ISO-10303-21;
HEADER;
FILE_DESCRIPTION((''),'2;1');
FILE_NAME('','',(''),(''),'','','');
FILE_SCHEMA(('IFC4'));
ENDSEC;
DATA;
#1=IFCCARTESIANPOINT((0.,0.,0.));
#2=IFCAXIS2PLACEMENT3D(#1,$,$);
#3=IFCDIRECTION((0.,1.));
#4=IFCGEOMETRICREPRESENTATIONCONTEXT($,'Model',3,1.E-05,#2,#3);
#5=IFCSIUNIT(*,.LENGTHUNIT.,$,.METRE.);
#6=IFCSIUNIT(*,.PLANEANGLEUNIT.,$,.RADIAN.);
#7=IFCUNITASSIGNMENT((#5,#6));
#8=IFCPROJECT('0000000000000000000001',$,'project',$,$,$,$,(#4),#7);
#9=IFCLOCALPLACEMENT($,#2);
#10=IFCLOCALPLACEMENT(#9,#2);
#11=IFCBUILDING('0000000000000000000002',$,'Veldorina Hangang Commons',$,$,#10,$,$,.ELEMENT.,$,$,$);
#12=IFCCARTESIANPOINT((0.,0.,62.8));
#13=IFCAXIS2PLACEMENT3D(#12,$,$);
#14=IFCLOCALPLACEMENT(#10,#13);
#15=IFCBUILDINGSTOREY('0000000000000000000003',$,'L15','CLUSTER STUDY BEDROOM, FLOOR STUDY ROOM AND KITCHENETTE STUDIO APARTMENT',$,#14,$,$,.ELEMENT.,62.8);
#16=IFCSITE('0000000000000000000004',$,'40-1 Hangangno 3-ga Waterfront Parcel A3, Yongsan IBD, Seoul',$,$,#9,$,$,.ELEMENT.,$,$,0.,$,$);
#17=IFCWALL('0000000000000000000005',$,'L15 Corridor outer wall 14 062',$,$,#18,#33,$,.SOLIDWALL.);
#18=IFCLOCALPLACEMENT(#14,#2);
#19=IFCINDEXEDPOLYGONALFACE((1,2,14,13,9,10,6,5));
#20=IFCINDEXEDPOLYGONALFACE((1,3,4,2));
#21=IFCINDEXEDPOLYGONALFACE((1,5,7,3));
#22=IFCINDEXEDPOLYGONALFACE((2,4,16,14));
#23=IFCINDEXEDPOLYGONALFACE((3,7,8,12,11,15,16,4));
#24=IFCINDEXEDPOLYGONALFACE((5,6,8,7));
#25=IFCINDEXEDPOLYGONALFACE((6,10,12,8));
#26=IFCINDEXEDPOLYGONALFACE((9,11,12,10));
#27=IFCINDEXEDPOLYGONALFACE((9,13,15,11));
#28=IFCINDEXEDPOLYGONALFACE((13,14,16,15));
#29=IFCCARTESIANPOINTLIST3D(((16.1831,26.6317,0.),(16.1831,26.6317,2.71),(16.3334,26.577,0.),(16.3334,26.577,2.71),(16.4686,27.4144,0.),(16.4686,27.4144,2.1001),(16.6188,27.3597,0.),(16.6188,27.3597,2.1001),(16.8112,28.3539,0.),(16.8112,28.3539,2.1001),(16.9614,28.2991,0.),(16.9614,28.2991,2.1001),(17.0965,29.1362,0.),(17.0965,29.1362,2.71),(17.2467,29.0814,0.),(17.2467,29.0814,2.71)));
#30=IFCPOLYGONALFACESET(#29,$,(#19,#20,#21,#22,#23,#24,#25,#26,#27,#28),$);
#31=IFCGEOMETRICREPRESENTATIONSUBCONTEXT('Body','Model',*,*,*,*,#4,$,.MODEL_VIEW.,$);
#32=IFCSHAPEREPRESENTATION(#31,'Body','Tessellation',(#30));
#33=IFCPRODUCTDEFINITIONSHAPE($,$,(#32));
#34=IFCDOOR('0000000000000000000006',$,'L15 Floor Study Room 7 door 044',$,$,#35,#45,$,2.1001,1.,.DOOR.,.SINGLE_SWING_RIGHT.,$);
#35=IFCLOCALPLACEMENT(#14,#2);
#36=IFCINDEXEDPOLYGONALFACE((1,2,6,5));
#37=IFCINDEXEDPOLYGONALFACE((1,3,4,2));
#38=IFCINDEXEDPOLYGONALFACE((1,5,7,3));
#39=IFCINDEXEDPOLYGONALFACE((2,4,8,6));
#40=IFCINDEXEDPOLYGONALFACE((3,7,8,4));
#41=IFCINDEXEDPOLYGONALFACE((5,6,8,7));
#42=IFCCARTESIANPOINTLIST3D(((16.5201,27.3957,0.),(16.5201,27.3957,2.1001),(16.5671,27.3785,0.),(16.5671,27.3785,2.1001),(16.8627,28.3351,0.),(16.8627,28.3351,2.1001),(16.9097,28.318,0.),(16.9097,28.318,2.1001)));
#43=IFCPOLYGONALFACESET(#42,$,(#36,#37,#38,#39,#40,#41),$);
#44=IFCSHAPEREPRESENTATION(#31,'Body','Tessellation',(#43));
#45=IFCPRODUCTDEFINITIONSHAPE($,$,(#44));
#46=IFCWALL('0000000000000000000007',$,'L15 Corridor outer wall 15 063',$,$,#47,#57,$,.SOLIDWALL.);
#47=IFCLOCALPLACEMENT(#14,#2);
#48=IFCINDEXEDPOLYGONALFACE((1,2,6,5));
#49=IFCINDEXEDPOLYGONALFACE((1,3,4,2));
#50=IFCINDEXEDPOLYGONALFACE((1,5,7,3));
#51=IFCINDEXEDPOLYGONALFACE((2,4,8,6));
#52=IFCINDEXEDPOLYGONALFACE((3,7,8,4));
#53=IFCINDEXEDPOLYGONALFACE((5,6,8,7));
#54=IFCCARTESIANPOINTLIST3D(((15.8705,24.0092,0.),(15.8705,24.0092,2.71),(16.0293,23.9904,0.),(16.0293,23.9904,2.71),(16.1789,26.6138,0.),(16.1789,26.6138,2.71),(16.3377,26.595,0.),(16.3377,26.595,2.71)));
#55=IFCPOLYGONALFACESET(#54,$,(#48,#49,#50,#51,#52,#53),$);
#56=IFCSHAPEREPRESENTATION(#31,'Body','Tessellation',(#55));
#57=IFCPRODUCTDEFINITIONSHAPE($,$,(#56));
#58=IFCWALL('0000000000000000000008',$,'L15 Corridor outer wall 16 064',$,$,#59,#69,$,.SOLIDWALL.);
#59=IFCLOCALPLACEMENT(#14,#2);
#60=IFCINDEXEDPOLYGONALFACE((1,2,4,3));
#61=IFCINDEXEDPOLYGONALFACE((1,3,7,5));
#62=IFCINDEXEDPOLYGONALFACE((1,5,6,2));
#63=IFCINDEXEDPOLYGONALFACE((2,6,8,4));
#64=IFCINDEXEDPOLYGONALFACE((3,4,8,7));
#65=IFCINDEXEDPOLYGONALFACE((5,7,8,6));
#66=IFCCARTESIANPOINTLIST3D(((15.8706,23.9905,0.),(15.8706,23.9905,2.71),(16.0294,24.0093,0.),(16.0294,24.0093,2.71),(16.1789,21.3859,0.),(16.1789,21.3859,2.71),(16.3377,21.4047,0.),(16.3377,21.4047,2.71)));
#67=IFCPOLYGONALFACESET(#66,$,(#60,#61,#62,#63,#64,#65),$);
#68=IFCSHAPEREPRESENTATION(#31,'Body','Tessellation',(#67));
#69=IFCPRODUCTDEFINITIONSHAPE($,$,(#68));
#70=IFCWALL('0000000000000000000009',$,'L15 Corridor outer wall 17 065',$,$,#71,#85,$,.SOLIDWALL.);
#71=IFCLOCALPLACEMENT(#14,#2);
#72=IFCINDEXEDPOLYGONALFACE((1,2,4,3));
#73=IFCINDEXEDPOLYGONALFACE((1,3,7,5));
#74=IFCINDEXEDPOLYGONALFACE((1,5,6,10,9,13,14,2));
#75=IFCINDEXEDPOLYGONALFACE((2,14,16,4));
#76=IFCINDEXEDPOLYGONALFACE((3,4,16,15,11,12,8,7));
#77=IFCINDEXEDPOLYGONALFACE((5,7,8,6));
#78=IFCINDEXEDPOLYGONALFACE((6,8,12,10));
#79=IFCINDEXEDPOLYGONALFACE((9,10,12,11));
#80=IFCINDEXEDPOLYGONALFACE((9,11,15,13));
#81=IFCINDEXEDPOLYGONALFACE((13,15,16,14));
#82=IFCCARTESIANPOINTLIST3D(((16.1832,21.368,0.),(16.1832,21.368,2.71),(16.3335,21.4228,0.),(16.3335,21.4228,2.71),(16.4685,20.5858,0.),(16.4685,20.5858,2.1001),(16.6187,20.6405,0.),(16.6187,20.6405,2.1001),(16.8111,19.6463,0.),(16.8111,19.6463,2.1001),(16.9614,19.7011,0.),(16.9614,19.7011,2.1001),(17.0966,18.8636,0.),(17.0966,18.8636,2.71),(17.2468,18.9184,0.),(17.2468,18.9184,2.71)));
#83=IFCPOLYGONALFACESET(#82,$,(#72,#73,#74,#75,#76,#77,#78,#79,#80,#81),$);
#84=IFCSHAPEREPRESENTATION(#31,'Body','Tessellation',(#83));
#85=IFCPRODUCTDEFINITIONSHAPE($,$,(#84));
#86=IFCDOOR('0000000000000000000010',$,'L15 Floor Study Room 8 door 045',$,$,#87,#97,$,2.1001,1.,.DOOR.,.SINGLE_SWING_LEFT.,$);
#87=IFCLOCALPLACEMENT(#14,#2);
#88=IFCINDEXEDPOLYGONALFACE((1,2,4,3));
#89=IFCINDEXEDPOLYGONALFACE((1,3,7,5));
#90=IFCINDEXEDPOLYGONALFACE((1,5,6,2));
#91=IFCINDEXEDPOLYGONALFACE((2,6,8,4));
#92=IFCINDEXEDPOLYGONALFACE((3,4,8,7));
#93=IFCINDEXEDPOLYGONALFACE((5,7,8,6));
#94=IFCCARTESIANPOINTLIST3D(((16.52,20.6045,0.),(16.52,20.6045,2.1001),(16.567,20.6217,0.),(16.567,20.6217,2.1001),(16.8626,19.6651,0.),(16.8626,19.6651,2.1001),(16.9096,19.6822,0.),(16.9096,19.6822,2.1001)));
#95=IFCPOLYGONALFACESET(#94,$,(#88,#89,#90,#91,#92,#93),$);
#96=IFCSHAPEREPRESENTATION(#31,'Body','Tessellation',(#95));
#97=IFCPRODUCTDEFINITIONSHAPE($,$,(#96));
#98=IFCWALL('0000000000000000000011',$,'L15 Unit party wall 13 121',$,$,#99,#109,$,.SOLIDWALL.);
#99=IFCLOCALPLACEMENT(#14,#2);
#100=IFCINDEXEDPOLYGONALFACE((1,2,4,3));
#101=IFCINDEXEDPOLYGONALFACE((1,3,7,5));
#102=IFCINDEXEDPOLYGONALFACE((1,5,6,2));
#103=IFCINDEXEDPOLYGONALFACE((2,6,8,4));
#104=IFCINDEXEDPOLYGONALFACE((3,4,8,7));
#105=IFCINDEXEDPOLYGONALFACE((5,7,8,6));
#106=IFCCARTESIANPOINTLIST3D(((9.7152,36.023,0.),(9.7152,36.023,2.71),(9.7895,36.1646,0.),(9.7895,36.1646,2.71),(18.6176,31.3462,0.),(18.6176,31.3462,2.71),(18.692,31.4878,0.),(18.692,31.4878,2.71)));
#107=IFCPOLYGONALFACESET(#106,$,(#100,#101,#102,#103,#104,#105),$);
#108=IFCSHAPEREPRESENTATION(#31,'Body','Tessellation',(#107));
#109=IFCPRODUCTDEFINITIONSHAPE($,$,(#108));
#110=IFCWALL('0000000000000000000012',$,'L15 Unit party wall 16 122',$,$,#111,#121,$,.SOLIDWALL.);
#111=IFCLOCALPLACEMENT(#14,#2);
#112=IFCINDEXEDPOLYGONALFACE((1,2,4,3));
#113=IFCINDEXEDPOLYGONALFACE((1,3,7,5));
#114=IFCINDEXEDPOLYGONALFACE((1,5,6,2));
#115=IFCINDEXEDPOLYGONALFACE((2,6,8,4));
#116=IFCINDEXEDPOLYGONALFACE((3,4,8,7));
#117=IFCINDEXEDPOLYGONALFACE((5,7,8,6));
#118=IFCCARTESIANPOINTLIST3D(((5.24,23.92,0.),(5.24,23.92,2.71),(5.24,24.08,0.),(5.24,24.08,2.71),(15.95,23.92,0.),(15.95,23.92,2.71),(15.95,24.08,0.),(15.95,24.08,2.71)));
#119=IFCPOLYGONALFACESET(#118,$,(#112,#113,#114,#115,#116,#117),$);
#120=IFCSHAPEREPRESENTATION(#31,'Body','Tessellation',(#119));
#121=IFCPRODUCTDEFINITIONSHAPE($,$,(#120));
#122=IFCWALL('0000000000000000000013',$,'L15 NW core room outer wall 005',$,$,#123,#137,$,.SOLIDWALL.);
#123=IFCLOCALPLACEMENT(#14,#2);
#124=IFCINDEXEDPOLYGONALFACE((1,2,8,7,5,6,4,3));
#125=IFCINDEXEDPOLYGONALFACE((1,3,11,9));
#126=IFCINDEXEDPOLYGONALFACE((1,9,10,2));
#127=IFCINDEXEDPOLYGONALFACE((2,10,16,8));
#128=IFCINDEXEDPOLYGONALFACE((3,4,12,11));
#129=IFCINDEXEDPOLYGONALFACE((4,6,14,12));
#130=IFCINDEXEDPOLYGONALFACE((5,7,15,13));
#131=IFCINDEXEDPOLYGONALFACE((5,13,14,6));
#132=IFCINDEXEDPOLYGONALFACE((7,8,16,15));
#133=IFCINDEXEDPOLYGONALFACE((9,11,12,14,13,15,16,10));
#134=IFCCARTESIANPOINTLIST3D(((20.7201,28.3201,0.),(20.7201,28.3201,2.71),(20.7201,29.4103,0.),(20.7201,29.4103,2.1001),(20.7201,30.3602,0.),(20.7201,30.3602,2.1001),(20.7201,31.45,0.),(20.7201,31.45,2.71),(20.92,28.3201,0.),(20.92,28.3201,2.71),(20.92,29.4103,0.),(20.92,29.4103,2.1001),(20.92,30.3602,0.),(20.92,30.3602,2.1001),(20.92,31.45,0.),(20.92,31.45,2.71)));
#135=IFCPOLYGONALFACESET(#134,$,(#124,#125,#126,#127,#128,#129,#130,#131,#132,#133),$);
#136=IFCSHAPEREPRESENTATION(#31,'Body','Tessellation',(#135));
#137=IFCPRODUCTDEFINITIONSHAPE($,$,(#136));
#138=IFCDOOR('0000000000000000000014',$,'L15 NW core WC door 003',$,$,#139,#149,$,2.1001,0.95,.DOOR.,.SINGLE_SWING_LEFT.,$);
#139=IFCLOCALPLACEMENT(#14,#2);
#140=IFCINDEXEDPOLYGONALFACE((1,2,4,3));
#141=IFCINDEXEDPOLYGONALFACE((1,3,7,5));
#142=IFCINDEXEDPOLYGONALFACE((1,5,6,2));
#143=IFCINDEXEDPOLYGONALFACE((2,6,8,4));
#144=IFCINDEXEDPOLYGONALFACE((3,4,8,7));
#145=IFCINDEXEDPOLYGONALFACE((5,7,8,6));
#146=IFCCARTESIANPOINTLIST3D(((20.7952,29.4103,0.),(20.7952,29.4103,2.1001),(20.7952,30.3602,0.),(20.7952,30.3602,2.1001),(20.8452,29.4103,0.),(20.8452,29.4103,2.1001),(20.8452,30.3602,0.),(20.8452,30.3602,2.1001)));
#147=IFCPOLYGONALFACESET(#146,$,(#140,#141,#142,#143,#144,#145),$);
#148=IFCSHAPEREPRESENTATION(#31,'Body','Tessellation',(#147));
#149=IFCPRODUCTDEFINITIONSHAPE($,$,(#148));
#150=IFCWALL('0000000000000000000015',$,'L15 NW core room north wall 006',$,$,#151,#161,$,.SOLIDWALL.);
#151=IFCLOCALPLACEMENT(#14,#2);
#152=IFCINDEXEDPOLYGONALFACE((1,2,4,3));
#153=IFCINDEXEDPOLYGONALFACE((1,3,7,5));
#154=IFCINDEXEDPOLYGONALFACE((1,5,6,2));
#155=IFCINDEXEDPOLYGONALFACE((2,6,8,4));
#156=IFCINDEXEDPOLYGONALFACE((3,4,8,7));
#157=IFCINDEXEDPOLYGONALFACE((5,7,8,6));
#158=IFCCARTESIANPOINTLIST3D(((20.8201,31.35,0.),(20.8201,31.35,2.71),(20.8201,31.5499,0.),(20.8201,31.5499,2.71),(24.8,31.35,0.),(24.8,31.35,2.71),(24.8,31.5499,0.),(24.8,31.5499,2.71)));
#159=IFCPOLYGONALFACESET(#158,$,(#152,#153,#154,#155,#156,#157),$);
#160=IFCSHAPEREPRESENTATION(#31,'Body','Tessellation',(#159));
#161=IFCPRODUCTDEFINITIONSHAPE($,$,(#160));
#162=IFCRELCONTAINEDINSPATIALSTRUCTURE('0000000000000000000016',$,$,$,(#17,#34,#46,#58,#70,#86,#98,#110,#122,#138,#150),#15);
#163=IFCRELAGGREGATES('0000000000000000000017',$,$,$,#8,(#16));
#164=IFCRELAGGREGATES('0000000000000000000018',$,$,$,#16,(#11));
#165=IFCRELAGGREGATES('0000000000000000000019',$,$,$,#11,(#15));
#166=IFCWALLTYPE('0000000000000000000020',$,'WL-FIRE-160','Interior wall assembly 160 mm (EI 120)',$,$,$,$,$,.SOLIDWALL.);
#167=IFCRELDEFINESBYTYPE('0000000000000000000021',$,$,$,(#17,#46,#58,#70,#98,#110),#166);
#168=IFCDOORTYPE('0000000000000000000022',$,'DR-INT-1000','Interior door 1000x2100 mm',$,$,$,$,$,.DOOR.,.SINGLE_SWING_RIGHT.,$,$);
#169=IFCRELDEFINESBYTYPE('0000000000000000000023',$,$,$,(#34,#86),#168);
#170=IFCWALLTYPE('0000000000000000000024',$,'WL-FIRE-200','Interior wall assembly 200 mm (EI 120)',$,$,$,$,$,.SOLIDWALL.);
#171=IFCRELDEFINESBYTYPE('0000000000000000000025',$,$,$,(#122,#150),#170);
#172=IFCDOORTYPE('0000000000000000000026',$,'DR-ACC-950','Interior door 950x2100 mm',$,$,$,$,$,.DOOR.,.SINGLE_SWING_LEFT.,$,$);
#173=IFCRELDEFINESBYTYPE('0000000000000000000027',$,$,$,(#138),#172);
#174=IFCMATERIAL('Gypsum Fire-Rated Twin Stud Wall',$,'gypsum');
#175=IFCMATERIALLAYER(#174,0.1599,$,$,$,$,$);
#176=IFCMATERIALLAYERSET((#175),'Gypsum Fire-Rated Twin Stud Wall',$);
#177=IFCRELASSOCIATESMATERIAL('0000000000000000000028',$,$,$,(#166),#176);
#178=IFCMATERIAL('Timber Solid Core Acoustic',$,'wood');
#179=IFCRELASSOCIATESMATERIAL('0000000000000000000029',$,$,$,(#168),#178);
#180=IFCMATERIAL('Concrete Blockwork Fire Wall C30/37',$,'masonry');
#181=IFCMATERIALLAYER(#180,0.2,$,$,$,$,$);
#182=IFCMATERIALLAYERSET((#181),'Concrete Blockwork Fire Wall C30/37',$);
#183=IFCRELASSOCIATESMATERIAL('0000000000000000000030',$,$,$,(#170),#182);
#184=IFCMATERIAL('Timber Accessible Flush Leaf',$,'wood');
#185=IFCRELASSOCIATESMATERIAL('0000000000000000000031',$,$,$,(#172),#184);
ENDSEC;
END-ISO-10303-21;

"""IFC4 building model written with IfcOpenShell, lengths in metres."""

from ifc_helpers import new_model, si_unit, direction, frame, frame_2d, origin, place, context, subcontext, project, spatial, rectangle, extrude, material, layer, layer_set, type_object, element, fill, save


model = new_model("IFC4")

# Units and contexts
model_context = context("Model", 3, precision=1e-05, world=origin(), true_north=direction((0.0, 1.0)))
body_context = subcontext(model_context, "Body", "Model", "MODEL_VIEW")
ifc_project = project(units=[si_unit("LENGTHUNIT", "METRE"), si_unit("PLANEANGLEUNIT", "RADIAN")], contexts=[model_context])

# Site, building, storey
site_placement = place(None, origin())
site = spatial("IfcSite", under=ifc_project, at=site_placement, Name="40-1 Hangangno 3-ga Waterfront Parcel A3, Yongsan IBD, Seoul", CompositionType="ELEMENT", RefElevation=0.0)
building_placement = place(site_placement, origin())
building = spatial("IfcBuilding", under=site, at=building_placement, Name="Veldorina Hangang Commons", CompositionType="ELEMENT")
storey_placement = place(building_placement, frame((0.0, 0.0, 62.8)))
storey = spatial("IfcBuildingStorey", under=building, at=storey_placement, Name="L15", Description="CLUSTER STUDY BEDROOM, FLOOR STUDY ROOM AND KITCHENETTE STUDIO APARTMENT", CompositionType="ELEMENT", Elevation=62.8)

# Shared definitions
ifc_material_1 = material(Name="Gypsum Fire-Rated Twin Stud Wall", Category="gypsum")
ifc_layer_1 = layer(ifc_material_1, 0.1599)
ifc_layer_set_1 = layer_set([ifc_layer_1], Name="Gypsum Fire-Rated Twin Stud Wall")
wall_type_1 = type_object("IfcWallType", Name="WL-FIRE-160", Description="Interior wall assembly 160 mm (EI 120)", PredefinedType="SOLIDWALL", material=ifc_layer_set_1)

# Wall, opening, door
wall_1_placement = place(storey_placement, frame((17.1716, 29.1089, 0.0), z_axis=(0.0, 0.0, 1.0), x_axis=(-0.342618, -0.939475, 0.0)))
wall_1 = element("IfcWall", 1, at=wall_1_placement, inside=storey, type_object=wall_type_1, Name="L15 Corridor outer wall 14 062", PredefinedType="SOLIDWALL", context=body_context, shape_type="SweptSolid", body=[
    extrude(rectangle(XDim=2.6658, YDim=0.1599, at=frame_2d((1.333, 0.0))), origin(), (0.0, 0.0, 1.0), 2.71),
])
opening_1_placement = place(wall_1_placement, frame((0.8328, 0.0, 0.0)))
opening_1 = element("IfcOpeningElement", 2, at=opening_1_placement, cuts=wall_1, PredefinedType="OPENING", context=body_context, shape_type="SweptSolid", body=[
    extrude(rectangle(XDim=1.0, YDim=2.1001, at=frame_2d((0.5, 1.05))), frame((0.0, 0.0898, 0.0), z_axis=(0.0, -1.0, 0.0), x_axis=(1.0, 0.0, 0.0)), (0.0, 0.0, 1.0), 0.1799),
])
ifc_material_2 = material(Name="Timber Solid Core Acoustic", Category="wood")
door_type_1 = type_object("IfcDoorType", Name="DR-INT-1000", Description="Interior door 1000x2100 mm", OperationType="SINGLE_SWING_RIGHT", PredefinedType="DOOR", material=ifc_material_2)
door_1_placement = place(opening_1_placement, origin())
door_1 = element("IfcDoor", 3, at=door_1_placement, inside=storey, type_object=door_type_1, Name="L15 Floor Study Room 7 door 044", OperationType="SINGLE_SWING_RIGHT", OverallHeight=2.1001, OverallWidth=1.0, PredefinedType="DOOR", context=body_context, shape_type="SweptSolid", body=[
    extrude(rectangle(XDim=1.0, YDim=2.1001, at=frame_2d((0.5, 1.05))), frame((0.0, 0.0249, 0.0), z_axis=(0.0, -1.0, 0.0), x_axis=(1.0, 0.0, 0.0)), (0.0, 0.0, 1.0), 0.05),
])
fill(opening_1, door_1)

# Walls
for number, where, z_axis, x_axis, name in (
    (4, (16.2583, 26.6045, 0.0), (0.0, 0.0, 1.0), (-0.11757, -0.993065, 0.0), "L15 Corridor outer wall 15 063"),
    (5, (15.95, 24.0, 0.0), (0.0, 0.0, 1.0), (0.11757, -0.993065, 0.0), "L15 Corridor outer wall 16 064"),
):
    element("IfcWall", number, at=place(storey_placement, frame(where, z_axis=z_axis, x_axis=x_axis)), inside=storey, type_object=wall_type_1, Name=name, PredefinedType="SOLIDWALL", context=body_context, shape_type="SweptSolid", body=[
        extrude(rectangle(XDim=2.6228, YDim=0.1599, at=frame_2d((1.3115, 0.0))), origin(), (0.0, 0.0, 1.0), 2.71),
    ])

# Wall, opening, door
wall_2_placement = place(storey_placement, frame((16.2583, 21.3955, 0.0), z_axis=(0.0, 0.0, 1.0), x_axis=(0.342618, -0.939475, 0.0)))
wall_2 = element("IfcWall", 6, at=wall_2_placement, inside=storey, type_object=wall_type_1, Name="L15 Corridor outer wall 17 065", PredefinedType="SOLIDWALL", context=body_context, shape_type="SweptSolid", body=[
    extrude(rectangle(XDim=2.6658, YDim=0.1599, at=frame_2d((1.333, 0.0))), origin(), (0.0, 0.0, 1.0), 2.71),
])
opening_2_placement = place(wall_2_placement, frame((0.8328, 0.0, 0.0)))
opening_2 = element("IfcOpeningElement", 7, at=opening_2_placement, cuts=wall_2, PredefinedType="OPENING", context=body_context, shape_type="SweptSolid", body=[
    extrude(rectangle(XDim=1.0, YDim=2.1001, at=frame_2d((0.5, 1.05))), frame((0.0, 0.0898, 0.0), z_axis=(0.0, -1.0, 0.0), x_axis=(1.0, 0.0, 0.0)), (0.0, 0.0, 1.0), 0.1799),
])
door_2_placement = place(opening_2_placement, origin())
door_2 = element("IfcDoor", 8, at=door_2_placement, inside=storey, type_object=door_type_1, Name="L15 Floor Study Room 8 door 045", OperationType="SINGLE_SWING_LEFT", OverallHeight=2.1001, OverallWidth=1.0, PredefinedType="DOOR", context=body_context, shape_type="SweptSolid", body=[
    extrude(rectangle(XDim=1.0, YDim=2.1001, at=frame_2d((0.5, 1.05))), frame((0.0, 0.0249, 0.0), z_axis=(0.0, -1.0, 0.0), x_axis=(1.0, 0.0, 0.0)), (0.0, 0.0, 1.0), 0.05),
])
fill(opening_2, door_2)

# Walls
wall_3_placement = place(storey_placement, frame((18.6548, 31.417, 0.0), z_axis=(0.0, 0.0, 1.0), x_axis=(-0.885274, 0.46507, 0.0)))
element("IfcWall", 9, at=wall_3_placement, inside=storey, type_object=wall_type_1, Name="L15 Unit party wall 13 121", PredefinedType="SOLIDWALL", context=body_context, shape_type="SweptSolid", body=[
    extrude(rectangle(XDim=10.0562, YDim=0.1599, at=frame_2d((5.0281, 0.0))), origin(), (0.0, 0.0, 1.0), 2.71),
])
wall_4_placement = place(storey_placement, frame((15.95, 24.0, 0.0), z_axis=(0.0, 0.0, 1.0), x_axis=(-1.0, 0.0, 0.0)))
element("IfcWall", 10, at=wall_4_placement, inside=storey, type_object=wall_type_1, Name="L15 Unit party wall 16 122", PredefinedType="SOLIDWALL", context=body_context, shape_type="SweptSolid", body=[
    extrude(rectangle(XDim=10.71, YDim=0.1599, at=frame_2d((5.355, 0.0))), origin(), (0.0, 0.0, 1.0), 2.71),
])

# Wall, opening, door
ifc_material_3 = material(Name="Concrete Blockwork Fire Wall C30/37", Category="masonry")
ifc_layer_2 = layer(ifc_material_3, 0.2)
ifc_layer_set_2 = layer_set([ifc_layer_2], Name="Concrete Blockwork Fire Wall C30/37")
wall_type_2 = type_object("IfcWallType", Name="WL-FIRE-200", Description="Interior wall assembly 200 mm (EI 120)", PredefinedType="SOLIDWALL", material=ifc_layer_set_2)
wall_5_placement = place(storey_placement, frame((20.8201, 28.3201, 0.0), z_axis=(0.0, 0.0, 1.0), x_axis=(0.0, 1.0, 0.0)))
wall_5 = element("IfcWall", 11, at=wall_5_placement, inside=storey, type_object=wall_type_2, Name="L15 NW core room outer wall 005", PredefinedType="SOLIDWALL", context=body_context, shape_type="SweptSolid", body=[
    extrude(rectangle(XDim=3.1299, YDim=0.2, at=frame_2d((1.5649, 0.0))), origin(), (0.0, 0.0, 1.0), 2.71),
])
opening_3_placement = place(wall_5_placement, frame((1.0901, 0.0, 0.0)))
opening_3 = element("IfcOpeningElement", 12, at=opening_3_placement, cuts=wall_5, PredefinedType="OPENING", context=body_context, shape_type="SweptSolid", body=[
    extrude(rectangle(XDim=0.95, YDim=2.1001, at=frame_2d((0.4751, 1.05))), frame((0.0, 0.1099, 0.0), z_axis=(0.0, -1.0, 0.0), x_axis=(1.0, 0.0, 0.0)), (0.0, 0.0, 1.0), 0.22),
])
ifc_material_4 = material(Name="Timber Accessible Flush Leaf", Category="wood")
door_type_2 = type_object("IfcDoorType", Name="DR-ACC-950", Description="Interior door 950x2100 mm", OperationType="SINGLE_SWING_LEFT", PredefinedType="DOOR", material=ifc_material_4)
door_3_placement = place(opening_3_placement, origin())
door_3 = element("IfcDoor", 13, at=door_3_placement, inside=storey, type_object=door_type_2, Name="L15 NW core WC door 003", OperationType="SINGLE_SWING_LEFT", OverallHeight=2.1001, OverallWidth=0.95, PredefinedType="DOOR", context=body_context, shape_type="SweptSolid", body=[
    extrude(rectangle(XDim=0.95, YDim=2.1001, at=frame_2d((0.4751, 1.05))), frame((0.0, 0.0249, 0.0), z_axis=(0.0, -1.0, 0.0), x_axis=(1.0, 0.0, 0.0)), (0.0, 0.0, 1.0), 0.05),
])
fill(opening_3, door_3)

# Wall
wall_6_placement = place(storey_placement, frame((20.8201, 31.45, 0.0), z_axis=(0.0, 0.0, 1.0), x_axis=(1.0, 0.0, 0.0)))
element("IfcWall", 14, at=wall_6_placement, inside=storey, type_object=wall_type_2, Name="L15 NW core room north wall 006", PredefinedType="SOLIDWALL", context=body_context, shape_type="SweptSolid", body=[
    extrude(rectangle(XDim=3.98, YDim=0.2, at=frame_2d((1.99, 0.0))), origin(), (0.0, 0.0, 1.0), 2.71),
])

save(model, "model.ifc")
